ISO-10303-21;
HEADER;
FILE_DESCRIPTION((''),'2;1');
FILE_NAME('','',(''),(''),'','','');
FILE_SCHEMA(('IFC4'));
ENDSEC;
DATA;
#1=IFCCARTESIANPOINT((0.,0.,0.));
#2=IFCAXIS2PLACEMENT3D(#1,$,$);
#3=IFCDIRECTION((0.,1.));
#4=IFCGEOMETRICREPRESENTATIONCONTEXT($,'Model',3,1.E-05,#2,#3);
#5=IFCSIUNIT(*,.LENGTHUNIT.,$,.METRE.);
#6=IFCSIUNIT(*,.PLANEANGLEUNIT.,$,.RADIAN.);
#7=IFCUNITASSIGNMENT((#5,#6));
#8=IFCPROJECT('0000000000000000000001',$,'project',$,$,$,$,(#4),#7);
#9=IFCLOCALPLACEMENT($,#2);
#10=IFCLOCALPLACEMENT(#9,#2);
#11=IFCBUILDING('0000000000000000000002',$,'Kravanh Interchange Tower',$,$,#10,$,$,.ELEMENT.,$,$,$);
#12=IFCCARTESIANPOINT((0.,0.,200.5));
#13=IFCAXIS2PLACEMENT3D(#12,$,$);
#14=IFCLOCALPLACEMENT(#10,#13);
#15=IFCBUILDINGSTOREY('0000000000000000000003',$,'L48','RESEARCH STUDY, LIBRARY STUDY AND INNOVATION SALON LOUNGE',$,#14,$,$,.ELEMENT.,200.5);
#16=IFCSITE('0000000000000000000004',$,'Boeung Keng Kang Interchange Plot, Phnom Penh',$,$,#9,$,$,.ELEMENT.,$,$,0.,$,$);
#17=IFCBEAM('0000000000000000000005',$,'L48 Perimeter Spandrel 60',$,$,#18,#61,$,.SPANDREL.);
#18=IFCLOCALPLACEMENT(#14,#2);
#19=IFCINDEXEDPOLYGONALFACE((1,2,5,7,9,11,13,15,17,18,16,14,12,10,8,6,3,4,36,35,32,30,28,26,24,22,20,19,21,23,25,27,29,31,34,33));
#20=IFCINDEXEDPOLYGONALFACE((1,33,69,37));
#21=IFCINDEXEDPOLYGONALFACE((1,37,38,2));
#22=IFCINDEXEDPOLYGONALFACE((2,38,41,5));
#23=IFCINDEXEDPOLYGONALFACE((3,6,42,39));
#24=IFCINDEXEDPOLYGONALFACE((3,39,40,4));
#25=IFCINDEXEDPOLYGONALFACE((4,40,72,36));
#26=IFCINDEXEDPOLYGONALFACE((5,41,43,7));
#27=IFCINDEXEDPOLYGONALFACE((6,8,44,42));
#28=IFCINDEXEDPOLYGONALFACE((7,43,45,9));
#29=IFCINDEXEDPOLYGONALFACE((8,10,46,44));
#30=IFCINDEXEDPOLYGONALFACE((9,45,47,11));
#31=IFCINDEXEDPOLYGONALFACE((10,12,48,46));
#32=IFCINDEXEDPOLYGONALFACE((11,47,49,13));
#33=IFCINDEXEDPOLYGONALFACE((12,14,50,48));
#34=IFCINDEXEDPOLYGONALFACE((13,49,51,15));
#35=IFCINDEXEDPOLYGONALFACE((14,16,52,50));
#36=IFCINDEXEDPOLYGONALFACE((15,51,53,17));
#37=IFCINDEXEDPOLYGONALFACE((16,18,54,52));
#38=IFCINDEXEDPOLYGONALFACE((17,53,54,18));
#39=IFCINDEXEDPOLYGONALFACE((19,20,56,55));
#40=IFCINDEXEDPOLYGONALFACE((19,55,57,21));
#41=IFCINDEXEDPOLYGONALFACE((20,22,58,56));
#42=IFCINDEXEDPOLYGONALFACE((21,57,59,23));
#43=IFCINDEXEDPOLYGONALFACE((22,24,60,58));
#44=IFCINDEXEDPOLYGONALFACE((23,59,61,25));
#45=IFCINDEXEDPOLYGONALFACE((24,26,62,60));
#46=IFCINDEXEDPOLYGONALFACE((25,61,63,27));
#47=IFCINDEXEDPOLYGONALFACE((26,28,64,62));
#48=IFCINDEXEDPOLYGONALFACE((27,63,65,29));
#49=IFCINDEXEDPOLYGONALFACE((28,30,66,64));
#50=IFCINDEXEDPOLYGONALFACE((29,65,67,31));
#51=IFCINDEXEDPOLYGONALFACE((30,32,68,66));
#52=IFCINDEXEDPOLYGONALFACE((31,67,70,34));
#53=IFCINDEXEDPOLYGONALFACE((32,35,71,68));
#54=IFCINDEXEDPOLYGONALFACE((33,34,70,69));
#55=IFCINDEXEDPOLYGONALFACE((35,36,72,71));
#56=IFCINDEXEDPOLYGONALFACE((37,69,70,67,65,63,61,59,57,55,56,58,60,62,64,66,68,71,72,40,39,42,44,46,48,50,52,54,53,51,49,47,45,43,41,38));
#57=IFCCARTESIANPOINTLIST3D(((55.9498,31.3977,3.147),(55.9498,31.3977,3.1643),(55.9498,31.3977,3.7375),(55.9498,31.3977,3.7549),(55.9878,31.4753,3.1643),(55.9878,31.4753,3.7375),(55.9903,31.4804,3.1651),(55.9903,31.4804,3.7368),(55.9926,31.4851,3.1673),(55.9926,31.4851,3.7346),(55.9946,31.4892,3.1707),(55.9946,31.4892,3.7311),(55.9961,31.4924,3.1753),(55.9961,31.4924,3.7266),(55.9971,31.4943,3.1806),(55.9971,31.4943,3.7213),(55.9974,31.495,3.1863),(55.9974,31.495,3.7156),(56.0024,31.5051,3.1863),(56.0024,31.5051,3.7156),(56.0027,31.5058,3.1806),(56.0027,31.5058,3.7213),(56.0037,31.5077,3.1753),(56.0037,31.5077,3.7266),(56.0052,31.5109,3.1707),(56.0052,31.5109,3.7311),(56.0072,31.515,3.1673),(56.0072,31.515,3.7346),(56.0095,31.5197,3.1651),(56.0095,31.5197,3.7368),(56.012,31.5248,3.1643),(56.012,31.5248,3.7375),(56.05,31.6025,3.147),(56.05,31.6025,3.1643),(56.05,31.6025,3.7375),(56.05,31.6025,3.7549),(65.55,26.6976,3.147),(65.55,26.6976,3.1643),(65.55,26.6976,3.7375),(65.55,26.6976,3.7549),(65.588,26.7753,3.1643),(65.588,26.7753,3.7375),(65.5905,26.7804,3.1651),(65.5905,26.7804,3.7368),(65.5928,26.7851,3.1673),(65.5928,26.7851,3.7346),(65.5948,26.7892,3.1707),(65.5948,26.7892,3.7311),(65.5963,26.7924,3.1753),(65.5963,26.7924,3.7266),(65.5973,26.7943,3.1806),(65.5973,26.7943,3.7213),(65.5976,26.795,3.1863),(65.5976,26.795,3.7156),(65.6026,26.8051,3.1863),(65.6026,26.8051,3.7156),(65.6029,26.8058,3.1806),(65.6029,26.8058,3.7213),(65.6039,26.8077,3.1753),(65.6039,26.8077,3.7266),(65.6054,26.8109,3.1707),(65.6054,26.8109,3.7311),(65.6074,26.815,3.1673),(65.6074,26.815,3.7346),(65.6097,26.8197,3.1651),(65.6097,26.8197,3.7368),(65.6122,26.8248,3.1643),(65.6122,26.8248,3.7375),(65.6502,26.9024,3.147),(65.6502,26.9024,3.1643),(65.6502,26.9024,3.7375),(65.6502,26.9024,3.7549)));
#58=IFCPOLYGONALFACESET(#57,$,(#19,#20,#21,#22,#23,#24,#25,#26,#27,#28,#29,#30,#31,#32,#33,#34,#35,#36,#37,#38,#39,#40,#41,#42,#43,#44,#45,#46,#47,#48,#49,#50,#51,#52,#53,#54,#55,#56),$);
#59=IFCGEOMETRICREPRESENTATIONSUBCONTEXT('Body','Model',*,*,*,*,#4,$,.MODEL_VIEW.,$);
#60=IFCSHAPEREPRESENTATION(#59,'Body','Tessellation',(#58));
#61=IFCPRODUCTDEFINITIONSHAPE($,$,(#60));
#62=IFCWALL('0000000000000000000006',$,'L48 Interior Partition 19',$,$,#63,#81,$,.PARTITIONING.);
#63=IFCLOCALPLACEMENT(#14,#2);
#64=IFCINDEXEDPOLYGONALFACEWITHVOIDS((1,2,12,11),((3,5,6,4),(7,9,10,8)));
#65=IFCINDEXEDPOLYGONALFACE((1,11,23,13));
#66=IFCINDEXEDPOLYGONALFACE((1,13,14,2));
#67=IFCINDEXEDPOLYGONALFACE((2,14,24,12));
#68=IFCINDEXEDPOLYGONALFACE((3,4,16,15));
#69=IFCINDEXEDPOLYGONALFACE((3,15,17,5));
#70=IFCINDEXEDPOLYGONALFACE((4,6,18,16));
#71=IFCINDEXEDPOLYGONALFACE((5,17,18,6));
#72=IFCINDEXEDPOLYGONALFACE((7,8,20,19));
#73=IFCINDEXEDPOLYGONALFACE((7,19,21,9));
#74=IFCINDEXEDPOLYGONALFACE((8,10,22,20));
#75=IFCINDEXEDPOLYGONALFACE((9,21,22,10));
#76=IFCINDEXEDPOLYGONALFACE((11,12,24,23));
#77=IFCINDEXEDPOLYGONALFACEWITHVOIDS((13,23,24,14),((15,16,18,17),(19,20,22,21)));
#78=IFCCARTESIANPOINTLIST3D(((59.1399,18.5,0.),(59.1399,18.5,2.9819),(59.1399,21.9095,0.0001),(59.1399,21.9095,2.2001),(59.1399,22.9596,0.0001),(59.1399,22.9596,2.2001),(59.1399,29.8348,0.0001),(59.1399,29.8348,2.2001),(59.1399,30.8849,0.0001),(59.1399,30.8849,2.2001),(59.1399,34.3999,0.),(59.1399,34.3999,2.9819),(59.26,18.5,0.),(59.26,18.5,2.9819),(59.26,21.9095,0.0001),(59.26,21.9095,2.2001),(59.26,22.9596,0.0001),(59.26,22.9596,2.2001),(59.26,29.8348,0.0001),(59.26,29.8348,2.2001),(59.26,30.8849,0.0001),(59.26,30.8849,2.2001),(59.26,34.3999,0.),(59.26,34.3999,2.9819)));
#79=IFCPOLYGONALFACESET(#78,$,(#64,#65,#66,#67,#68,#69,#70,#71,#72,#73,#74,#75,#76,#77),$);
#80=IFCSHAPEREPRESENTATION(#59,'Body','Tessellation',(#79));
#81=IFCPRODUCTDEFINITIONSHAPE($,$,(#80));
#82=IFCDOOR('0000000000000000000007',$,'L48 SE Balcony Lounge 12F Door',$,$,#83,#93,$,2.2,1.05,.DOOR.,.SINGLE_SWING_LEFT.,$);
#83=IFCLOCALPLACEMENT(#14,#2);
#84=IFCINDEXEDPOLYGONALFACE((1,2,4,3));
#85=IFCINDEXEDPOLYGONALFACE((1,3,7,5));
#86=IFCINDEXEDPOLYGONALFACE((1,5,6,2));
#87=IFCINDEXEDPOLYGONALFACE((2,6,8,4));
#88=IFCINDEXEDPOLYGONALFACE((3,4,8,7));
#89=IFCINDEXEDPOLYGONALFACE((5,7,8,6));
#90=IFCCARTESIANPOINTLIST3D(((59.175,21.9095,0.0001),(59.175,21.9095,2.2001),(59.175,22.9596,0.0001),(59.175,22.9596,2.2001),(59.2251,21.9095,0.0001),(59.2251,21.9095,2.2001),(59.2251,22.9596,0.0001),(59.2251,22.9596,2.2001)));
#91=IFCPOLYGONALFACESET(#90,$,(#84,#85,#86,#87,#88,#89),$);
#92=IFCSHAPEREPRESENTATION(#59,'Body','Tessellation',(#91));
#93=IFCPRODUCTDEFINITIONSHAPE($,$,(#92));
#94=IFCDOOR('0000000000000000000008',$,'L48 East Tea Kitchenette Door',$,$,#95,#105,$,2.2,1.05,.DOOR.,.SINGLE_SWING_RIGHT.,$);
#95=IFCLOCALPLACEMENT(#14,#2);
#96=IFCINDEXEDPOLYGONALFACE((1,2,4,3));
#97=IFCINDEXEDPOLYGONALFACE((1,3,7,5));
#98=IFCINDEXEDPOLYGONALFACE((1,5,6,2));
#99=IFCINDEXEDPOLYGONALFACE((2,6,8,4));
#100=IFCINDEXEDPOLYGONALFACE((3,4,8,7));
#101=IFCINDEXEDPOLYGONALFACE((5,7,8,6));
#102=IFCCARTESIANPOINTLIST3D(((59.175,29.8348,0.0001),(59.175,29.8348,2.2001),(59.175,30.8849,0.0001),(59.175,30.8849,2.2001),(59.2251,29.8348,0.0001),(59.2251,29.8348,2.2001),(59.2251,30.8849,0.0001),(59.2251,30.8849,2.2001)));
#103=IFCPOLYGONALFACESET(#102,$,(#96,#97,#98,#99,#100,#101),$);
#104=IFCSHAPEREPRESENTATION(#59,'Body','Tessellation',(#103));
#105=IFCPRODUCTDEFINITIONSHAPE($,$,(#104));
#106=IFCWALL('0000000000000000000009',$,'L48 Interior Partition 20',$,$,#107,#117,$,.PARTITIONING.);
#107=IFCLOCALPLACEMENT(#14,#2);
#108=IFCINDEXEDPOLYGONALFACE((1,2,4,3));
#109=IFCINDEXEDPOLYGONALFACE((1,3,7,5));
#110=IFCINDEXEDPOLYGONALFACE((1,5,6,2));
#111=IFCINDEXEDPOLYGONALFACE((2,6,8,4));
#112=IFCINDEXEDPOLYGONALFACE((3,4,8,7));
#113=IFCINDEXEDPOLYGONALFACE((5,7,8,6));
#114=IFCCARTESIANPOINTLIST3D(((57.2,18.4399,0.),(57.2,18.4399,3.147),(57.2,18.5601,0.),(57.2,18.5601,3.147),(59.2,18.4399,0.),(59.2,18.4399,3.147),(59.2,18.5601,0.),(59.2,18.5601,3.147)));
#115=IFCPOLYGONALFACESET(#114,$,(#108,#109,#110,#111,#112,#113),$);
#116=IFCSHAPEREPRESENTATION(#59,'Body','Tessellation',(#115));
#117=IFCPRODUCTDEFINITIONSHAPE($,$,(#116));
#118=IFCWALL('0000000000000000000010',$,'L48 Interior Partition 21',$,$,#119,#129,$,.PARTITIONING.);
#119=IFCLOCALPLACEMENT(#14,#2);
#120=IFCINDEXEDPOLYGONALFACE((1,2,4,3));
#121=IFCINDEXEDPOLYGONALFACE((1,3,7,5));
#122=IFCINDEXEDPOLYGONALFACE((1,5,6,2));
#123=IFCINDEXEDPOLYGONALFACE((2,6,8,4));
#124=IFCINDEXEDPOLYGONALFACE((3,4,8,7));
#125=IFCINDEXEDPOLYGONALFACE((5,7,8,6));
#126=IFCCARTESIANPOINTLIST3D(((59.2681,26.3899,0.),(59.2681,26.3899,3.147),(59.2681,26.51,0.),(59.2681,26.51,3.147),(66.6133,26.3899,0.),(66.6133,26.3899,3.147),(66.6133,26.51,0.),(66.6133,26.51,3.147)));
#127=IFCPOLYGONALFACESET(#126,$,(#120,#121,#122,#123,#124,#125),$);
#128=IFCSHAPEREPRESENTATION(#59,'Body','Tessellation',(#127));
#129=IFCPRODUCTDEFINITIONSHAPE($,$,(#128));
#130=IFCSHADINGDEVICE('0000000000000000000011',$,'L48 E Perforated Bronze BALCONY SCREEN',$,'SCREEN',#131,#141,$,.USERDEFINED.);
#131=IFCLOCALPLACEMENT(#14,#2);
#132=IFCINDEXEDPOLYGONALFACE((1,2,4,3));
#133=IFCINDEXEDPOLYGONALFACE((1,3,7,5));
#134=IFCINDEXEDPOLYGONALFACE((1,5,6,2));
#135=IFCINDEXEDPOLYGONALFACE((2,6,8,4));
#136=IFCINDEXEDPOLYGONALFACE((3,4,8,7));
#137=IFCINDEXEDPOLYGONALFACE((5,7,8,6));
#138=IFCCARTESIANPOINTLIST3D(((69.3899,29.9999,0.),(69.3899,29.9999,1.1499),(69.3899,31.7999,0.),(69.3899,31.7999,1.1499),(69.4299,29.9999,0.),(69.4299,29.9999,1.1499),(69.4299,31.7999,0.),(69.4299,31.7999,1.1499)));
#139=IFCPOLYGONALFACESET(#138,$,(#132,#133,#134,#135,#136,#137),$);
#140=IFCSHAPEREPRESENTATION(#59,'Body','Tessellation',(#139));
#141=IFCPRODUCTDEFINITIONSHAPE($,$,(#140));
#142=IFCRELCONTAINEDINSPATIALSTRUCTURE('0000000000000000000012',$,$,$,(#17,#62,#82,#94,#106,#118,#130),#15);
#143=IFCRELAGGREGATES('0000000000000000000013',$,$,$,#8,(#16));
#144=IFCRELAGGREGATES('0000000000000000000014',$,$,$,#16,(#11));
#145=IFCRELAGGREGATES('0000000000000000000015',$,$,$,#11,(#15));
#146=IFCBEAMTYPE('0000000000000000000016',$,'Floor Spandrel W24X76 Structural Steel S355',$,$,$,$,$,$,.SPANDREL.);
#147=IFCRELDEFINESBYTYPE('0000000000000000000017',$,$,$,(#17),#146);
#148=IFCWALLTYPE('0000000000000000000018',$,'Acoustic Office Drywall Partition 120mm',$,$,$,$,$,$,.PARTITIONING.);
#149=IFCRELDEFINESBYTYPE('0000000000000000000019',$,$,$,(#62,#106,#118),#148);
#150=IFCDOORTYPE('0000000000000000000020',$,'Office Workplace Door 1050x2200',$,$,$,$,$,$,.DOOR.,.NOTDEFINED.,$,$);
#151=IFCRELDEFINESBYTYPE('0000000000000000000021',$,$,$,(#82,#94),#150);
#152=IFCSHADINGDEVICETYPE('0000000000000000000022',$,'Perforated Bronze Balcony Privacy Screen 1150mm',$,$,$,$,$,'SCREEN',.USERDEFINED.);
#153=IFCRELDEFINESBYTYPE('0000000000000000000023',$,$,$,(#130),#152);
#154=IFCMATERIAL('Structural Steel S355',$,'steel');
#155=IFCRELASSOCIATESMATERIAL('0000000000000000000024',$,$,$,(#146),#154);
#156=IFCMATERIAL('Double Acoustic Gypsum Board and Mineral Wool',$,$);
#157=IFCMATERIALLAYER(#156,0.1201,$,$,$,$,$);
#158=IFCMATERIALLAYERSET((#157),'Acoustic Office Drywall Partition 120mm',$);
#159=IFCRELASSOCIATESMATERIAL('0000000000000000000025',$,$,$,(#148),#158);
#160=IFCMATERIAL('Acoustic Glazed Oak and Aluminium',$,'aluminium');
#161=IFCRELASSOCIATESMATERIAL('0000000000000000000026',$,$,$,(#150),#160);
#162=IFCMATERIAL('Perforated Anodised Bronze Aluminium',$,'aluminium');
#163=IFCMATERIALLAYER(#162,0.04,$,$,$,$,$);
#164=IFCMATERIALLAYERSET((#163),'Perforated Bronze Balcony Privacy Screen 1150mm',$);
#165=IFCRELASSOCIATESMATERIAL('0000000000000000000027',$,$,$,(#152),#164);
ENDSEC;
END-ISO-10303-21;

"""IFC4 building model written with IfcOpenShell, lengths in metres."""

from ifc_helpers import new_model, si_unit, direction, frame, frame_2d, origin, origin_2d, place, context, subcontext, project, spatial, rectangle, i_section, extrude, material, layer, layer_set, material_profile, profile_set, type_object, element, fill, save


model = new_model("IFC4")

# Units and contexts
model_context = context("Model", 3, precision=1e-05, world=origin(), true_north=direction((0.0, 1.0)))
body_context = subcontext(model_context, "Body", "Model", "MODEL_VIEW")
ifc_project = project(units=[si_unit("LENGTHUNIT", "METRE"), si_unit("PLANEANGLEUNIT", "RADIAN")], contexts=[model_context])

# Site, building, storey
site_placement = place(None, origin())
site = spatial("IfcSite", under=ifc_project, at=site_placement, Name="Boeung Keng Kang Interchange Plot, Phnom Penh", CompositionType="ELEMENT", RefElevation=0.0)
building_placement = place(site_placement, origin())
building = spatial("IfcBuilding", under=site, at=building_placement, Name="Kravanh Interchange Tower", CompositionType="ELEMENT")
storey_placement = place(building_placement, frame((0.0, 0.0, 200.5)))
storey = spatial("IfcBuildingStorey", under=building, at=storey_placement, Name="L48", Description="RESEARCH STUDY, LIBRARY STUDY AND INNOVATION SALON LOUNGE", CompositionType="ELEMENT", Elevation=200.5)

# Beam
ifc_material_1 = material(Name="Structural Steel S355", Category="steel")
ifc_material_profile_1 = material_profile(ifc_material_1, i_section(OverallWidth=0.228, OverallDepth=0.6079, WebThickness=0.0112, FlangeThickness=0.0173, FilletRadius=0.022, at=origin_2d()), Name="W24X76")
ifc_profile_set_1 = profile_set([ifc_material_profile_1], Name="Structural Steel S355")
beam_type_1 = type_object("IfcBeamType", Name="Floor Spandrel W24X76 Structural Steel S355", PredefinedType="SPANDREL", material=ifc_profile_set_1)
beam_1_placement = place(storey_placement, frame((65.6001, 26.8, 3.4509), z_axis=(-0.898142, 0.439706, 0.0), x_axis=(-0.439706, -0.898142, 0.0)))
element("IfcBeam", 1, at=beam_1_placement, inside=storey, type_object=beam_type_1, Name="L48 Perimeter Spandrel 60", PredefinedType="SPANDREL", context=body_context, shape_type="SweptSolid", body=[
    extrude(i_section(OverallWidth=0.228, OverallDepth=0.6079, WebThickness=0.0112, FlangeThickness=0.0173, FilletRadius=0.022, at=origin_2d()), origin(), (0.0, 0.0, 1.0), 10.689),
])

# Wall, openings, doors
ifc_material_2 = material(Name="Double Acoustic Gypsum Board and Mineral Wool")
ifc_layer_1 = layer(ifc_material_2, 0.1201)
ifc_layer_set_1 = layer_set([ifc_layer_1], Name="Acoustic Office Drywall Partition 120mm")
wall_type = type_object("IfcWallType", Name="Acoustic Office Drywall Partition 120mm", PredefinedType="PARTITIONING", material=ifc_layer_set_1)
wall_1_placement = place(storey_placement, frame((59.2, 18.5, 0.0), z_axis=(0.0, 0.0, 1.0), x_axis=(0.0, 1.0, 0.0)))
wall_1 = element("IfcWall", 2, at=wall_1_placement, inside=storey, type_object=wall_type, Name="L48 Interior Partition 19", PredefinedType="PARTITIONING", context=body_context, shape_type="SweptSolid", body=[
    extrude(rectangle(XDim=15.8999, YDim=0.1201, at=frame_2d((7.95, 0.0))), origin(), (0.0, 0.0, 1.0), 2.9819),
])
opening_1_placement = place(wall_1_placement, frame((3.4097, 0.0, 0.0)))
opening_1 = element("IfcOpeningElement", 3, at=opening_1_placement, cuts=wall_1, PredefinedType="OPENING", context=body_context, shape_type="SweptSolid", body=[
    extrude(rectangle(XDim=1.05, YDim=2.2, at=frame_2d((0.5249, 1.1001))), frame((0.0, 0.0701, 0.0), z_axis=(0.0, -1.0, 0.0), x_axis=(1.0, 0.0, 0.0)), (0.0, 0.0, 1.0), 0.1401),
])
opening_2_placement = place(wall_1_placement, frame((11.335, 0.0, 0.0)))
opening_2 = element("IfcOpeningElement", 4, at=opening_2_placement, cuts=wall_1, PredefinedType="OPENING", context=body_context, shape_type="SweptSolid", body=[
    extrude(rectangle(XDim=1.05, YDim=2.2, at=frame_2d((0.5249, 1.1001))), frame((0.0, 0.0701, 0.0), z_axis=(0.0, -1.0, 0.0), x_axis=(1.0, 0.0, 0.0)), (0.0, 0.0, 1.0), 0.1401),
])
ifc_material_3 = material(Name="Acoustic Glazed Oak and Aluminium", Category="aluminium")
door_type = type_object("IfcDoorType", Name="Office Workplace Door 1050x2200", OperationType="NOTDEFINED", PredefinedType="DOOR", material=ifc_material_3)
door_1_placement = place(opening_1_placement, origin())
door_1 = element("IfcDoor", 5, at=door_1_placement, inside=storey, type_object=door_type, Name="L48 SE Balcony Lounge 12F Door", OperationType="SINGLE_SWING_LEFT", OverallHeight=2.2, OverallWidth=1.05, PredefinedType="DOOR", context=body_context, shape_type="SweptSolid", body=[
    extrude(rectangle(XDim=1.05, YDim=2.2, at=frame_2d((0.5249, 1.1001))), frame((0.0, 0.0249, 0.0), z_axis=(0.0, -1.0, 0.0), x_axis=(1.0, 0.0, 0.0)), (0.0, 0.0, 1.0), 0.05),
])
fill(opening_1, door_1)
door_2_placement = place(opening_2_placement, origin())
door_2 = element("IfcDoor", 6, at=door_2_placement, inside=storey, type_object=door_type, Name="L48 East Tea Kitchenette Door", OperationType="SINGLE_SWING_RIGHT", OverallHeight=2.2, OverallWidth=1.05, PredefinedType="DOOR", context=body_context, shape_type="SweptSolid", body=[
    extrude(rectangle(XDim=1.05, YDim=2.2, at=frame_2d((0.5249, 1.1001))), frame((0.0, 0.0249, 0.0), z_axis=(0.0, -1.0, 0.0), x_axis=(1.0, 0.0, 0.0)), (0.0, 0.0, 1.0), 0.05),
])
fill(opening_2, door_2)

# Walls
wall_2_placement = place(storey_placement, frame((57.2, 18.5, 0.0), z_axis=(0.0, 0.0, 1.0), x_axis=(1.0, 0.0, 0.0)))
element("IfcWall", 7, at=wall_2_placement, inside=storey, type_object=wall_type, Name="L48 Interior Partition 20", PredefinedType="PARTITIONING", context=body_context, shape_type="SweptSolid", body=[
    extrude(rectangle(XDim=2.0, YDim=0.1201, at=frame_2d((1.0, 0.0))), origin(), (0.0, 0.0, 1.0), 3.147),
])
wall_3_placement = place(storey_placement, frame((59.2681, 26.45, 0.0), z_axis=(0.0, 0.0, 1.0), x_axis=(1.0, 0.0, 0.0)))
element("IfcWall", 8, at=wall_3_placement, inside=storey, type_object=wall_type, Name="L48 Interior Partition 21", PredefinedType="PARTITIONING", context=body_context, shape_type="SweptSolid", body=[
    extrude(rectangle(XDim=7.3452, YDim=0.1201, at=frame_2d((3.6726, 0.0))), origin(), (0.0, 0.0, 1.0), 3.147),
])

# Shading device
ifc_material_4 = material(Name="Perforated Anodised Bronze Aluminium", Category="aluminium")
ifc_layer_2 = layer(ifc_material_4, 0.04)
ifc_layer_set_2 = layer_set([ifc_layer_2], Name="Perforated Bronze Balcony Privacy Screen 1150mm")
shading_device_type = type_object("IfcShadingDeviceType", Name="Perforated Bronze Balcony Privacy Screen 1150mm", ElementType="SCREEN", PredefinedType="USERDEFINED", material=ifc_layer_set_2)
shading_device_placement = place(storey_placement, frame((69.4099, 30.8999, 0.0), z_axis=(0.0, 0.0, 1.0), x_axis=(1.0, 0.0, 0.0)))
element("IfcShadingDevice", 9, at=shading_device_placement, inside=storey, type_object=shading_device_type, Name="L48 E Perforated Bronze BALCONY SCREEN", ObjectType="SCREEN", PredefinedType="USERDEFINED", context=body_context, shape_type="SweptSolid", body=[
    extrude(rectangle(XDim=0.04, YDim=1.8, at=origin_2d()), origin(), (0.0, 0.0, 1.0), 1.1499),
])

save(model, "model.ifc")
